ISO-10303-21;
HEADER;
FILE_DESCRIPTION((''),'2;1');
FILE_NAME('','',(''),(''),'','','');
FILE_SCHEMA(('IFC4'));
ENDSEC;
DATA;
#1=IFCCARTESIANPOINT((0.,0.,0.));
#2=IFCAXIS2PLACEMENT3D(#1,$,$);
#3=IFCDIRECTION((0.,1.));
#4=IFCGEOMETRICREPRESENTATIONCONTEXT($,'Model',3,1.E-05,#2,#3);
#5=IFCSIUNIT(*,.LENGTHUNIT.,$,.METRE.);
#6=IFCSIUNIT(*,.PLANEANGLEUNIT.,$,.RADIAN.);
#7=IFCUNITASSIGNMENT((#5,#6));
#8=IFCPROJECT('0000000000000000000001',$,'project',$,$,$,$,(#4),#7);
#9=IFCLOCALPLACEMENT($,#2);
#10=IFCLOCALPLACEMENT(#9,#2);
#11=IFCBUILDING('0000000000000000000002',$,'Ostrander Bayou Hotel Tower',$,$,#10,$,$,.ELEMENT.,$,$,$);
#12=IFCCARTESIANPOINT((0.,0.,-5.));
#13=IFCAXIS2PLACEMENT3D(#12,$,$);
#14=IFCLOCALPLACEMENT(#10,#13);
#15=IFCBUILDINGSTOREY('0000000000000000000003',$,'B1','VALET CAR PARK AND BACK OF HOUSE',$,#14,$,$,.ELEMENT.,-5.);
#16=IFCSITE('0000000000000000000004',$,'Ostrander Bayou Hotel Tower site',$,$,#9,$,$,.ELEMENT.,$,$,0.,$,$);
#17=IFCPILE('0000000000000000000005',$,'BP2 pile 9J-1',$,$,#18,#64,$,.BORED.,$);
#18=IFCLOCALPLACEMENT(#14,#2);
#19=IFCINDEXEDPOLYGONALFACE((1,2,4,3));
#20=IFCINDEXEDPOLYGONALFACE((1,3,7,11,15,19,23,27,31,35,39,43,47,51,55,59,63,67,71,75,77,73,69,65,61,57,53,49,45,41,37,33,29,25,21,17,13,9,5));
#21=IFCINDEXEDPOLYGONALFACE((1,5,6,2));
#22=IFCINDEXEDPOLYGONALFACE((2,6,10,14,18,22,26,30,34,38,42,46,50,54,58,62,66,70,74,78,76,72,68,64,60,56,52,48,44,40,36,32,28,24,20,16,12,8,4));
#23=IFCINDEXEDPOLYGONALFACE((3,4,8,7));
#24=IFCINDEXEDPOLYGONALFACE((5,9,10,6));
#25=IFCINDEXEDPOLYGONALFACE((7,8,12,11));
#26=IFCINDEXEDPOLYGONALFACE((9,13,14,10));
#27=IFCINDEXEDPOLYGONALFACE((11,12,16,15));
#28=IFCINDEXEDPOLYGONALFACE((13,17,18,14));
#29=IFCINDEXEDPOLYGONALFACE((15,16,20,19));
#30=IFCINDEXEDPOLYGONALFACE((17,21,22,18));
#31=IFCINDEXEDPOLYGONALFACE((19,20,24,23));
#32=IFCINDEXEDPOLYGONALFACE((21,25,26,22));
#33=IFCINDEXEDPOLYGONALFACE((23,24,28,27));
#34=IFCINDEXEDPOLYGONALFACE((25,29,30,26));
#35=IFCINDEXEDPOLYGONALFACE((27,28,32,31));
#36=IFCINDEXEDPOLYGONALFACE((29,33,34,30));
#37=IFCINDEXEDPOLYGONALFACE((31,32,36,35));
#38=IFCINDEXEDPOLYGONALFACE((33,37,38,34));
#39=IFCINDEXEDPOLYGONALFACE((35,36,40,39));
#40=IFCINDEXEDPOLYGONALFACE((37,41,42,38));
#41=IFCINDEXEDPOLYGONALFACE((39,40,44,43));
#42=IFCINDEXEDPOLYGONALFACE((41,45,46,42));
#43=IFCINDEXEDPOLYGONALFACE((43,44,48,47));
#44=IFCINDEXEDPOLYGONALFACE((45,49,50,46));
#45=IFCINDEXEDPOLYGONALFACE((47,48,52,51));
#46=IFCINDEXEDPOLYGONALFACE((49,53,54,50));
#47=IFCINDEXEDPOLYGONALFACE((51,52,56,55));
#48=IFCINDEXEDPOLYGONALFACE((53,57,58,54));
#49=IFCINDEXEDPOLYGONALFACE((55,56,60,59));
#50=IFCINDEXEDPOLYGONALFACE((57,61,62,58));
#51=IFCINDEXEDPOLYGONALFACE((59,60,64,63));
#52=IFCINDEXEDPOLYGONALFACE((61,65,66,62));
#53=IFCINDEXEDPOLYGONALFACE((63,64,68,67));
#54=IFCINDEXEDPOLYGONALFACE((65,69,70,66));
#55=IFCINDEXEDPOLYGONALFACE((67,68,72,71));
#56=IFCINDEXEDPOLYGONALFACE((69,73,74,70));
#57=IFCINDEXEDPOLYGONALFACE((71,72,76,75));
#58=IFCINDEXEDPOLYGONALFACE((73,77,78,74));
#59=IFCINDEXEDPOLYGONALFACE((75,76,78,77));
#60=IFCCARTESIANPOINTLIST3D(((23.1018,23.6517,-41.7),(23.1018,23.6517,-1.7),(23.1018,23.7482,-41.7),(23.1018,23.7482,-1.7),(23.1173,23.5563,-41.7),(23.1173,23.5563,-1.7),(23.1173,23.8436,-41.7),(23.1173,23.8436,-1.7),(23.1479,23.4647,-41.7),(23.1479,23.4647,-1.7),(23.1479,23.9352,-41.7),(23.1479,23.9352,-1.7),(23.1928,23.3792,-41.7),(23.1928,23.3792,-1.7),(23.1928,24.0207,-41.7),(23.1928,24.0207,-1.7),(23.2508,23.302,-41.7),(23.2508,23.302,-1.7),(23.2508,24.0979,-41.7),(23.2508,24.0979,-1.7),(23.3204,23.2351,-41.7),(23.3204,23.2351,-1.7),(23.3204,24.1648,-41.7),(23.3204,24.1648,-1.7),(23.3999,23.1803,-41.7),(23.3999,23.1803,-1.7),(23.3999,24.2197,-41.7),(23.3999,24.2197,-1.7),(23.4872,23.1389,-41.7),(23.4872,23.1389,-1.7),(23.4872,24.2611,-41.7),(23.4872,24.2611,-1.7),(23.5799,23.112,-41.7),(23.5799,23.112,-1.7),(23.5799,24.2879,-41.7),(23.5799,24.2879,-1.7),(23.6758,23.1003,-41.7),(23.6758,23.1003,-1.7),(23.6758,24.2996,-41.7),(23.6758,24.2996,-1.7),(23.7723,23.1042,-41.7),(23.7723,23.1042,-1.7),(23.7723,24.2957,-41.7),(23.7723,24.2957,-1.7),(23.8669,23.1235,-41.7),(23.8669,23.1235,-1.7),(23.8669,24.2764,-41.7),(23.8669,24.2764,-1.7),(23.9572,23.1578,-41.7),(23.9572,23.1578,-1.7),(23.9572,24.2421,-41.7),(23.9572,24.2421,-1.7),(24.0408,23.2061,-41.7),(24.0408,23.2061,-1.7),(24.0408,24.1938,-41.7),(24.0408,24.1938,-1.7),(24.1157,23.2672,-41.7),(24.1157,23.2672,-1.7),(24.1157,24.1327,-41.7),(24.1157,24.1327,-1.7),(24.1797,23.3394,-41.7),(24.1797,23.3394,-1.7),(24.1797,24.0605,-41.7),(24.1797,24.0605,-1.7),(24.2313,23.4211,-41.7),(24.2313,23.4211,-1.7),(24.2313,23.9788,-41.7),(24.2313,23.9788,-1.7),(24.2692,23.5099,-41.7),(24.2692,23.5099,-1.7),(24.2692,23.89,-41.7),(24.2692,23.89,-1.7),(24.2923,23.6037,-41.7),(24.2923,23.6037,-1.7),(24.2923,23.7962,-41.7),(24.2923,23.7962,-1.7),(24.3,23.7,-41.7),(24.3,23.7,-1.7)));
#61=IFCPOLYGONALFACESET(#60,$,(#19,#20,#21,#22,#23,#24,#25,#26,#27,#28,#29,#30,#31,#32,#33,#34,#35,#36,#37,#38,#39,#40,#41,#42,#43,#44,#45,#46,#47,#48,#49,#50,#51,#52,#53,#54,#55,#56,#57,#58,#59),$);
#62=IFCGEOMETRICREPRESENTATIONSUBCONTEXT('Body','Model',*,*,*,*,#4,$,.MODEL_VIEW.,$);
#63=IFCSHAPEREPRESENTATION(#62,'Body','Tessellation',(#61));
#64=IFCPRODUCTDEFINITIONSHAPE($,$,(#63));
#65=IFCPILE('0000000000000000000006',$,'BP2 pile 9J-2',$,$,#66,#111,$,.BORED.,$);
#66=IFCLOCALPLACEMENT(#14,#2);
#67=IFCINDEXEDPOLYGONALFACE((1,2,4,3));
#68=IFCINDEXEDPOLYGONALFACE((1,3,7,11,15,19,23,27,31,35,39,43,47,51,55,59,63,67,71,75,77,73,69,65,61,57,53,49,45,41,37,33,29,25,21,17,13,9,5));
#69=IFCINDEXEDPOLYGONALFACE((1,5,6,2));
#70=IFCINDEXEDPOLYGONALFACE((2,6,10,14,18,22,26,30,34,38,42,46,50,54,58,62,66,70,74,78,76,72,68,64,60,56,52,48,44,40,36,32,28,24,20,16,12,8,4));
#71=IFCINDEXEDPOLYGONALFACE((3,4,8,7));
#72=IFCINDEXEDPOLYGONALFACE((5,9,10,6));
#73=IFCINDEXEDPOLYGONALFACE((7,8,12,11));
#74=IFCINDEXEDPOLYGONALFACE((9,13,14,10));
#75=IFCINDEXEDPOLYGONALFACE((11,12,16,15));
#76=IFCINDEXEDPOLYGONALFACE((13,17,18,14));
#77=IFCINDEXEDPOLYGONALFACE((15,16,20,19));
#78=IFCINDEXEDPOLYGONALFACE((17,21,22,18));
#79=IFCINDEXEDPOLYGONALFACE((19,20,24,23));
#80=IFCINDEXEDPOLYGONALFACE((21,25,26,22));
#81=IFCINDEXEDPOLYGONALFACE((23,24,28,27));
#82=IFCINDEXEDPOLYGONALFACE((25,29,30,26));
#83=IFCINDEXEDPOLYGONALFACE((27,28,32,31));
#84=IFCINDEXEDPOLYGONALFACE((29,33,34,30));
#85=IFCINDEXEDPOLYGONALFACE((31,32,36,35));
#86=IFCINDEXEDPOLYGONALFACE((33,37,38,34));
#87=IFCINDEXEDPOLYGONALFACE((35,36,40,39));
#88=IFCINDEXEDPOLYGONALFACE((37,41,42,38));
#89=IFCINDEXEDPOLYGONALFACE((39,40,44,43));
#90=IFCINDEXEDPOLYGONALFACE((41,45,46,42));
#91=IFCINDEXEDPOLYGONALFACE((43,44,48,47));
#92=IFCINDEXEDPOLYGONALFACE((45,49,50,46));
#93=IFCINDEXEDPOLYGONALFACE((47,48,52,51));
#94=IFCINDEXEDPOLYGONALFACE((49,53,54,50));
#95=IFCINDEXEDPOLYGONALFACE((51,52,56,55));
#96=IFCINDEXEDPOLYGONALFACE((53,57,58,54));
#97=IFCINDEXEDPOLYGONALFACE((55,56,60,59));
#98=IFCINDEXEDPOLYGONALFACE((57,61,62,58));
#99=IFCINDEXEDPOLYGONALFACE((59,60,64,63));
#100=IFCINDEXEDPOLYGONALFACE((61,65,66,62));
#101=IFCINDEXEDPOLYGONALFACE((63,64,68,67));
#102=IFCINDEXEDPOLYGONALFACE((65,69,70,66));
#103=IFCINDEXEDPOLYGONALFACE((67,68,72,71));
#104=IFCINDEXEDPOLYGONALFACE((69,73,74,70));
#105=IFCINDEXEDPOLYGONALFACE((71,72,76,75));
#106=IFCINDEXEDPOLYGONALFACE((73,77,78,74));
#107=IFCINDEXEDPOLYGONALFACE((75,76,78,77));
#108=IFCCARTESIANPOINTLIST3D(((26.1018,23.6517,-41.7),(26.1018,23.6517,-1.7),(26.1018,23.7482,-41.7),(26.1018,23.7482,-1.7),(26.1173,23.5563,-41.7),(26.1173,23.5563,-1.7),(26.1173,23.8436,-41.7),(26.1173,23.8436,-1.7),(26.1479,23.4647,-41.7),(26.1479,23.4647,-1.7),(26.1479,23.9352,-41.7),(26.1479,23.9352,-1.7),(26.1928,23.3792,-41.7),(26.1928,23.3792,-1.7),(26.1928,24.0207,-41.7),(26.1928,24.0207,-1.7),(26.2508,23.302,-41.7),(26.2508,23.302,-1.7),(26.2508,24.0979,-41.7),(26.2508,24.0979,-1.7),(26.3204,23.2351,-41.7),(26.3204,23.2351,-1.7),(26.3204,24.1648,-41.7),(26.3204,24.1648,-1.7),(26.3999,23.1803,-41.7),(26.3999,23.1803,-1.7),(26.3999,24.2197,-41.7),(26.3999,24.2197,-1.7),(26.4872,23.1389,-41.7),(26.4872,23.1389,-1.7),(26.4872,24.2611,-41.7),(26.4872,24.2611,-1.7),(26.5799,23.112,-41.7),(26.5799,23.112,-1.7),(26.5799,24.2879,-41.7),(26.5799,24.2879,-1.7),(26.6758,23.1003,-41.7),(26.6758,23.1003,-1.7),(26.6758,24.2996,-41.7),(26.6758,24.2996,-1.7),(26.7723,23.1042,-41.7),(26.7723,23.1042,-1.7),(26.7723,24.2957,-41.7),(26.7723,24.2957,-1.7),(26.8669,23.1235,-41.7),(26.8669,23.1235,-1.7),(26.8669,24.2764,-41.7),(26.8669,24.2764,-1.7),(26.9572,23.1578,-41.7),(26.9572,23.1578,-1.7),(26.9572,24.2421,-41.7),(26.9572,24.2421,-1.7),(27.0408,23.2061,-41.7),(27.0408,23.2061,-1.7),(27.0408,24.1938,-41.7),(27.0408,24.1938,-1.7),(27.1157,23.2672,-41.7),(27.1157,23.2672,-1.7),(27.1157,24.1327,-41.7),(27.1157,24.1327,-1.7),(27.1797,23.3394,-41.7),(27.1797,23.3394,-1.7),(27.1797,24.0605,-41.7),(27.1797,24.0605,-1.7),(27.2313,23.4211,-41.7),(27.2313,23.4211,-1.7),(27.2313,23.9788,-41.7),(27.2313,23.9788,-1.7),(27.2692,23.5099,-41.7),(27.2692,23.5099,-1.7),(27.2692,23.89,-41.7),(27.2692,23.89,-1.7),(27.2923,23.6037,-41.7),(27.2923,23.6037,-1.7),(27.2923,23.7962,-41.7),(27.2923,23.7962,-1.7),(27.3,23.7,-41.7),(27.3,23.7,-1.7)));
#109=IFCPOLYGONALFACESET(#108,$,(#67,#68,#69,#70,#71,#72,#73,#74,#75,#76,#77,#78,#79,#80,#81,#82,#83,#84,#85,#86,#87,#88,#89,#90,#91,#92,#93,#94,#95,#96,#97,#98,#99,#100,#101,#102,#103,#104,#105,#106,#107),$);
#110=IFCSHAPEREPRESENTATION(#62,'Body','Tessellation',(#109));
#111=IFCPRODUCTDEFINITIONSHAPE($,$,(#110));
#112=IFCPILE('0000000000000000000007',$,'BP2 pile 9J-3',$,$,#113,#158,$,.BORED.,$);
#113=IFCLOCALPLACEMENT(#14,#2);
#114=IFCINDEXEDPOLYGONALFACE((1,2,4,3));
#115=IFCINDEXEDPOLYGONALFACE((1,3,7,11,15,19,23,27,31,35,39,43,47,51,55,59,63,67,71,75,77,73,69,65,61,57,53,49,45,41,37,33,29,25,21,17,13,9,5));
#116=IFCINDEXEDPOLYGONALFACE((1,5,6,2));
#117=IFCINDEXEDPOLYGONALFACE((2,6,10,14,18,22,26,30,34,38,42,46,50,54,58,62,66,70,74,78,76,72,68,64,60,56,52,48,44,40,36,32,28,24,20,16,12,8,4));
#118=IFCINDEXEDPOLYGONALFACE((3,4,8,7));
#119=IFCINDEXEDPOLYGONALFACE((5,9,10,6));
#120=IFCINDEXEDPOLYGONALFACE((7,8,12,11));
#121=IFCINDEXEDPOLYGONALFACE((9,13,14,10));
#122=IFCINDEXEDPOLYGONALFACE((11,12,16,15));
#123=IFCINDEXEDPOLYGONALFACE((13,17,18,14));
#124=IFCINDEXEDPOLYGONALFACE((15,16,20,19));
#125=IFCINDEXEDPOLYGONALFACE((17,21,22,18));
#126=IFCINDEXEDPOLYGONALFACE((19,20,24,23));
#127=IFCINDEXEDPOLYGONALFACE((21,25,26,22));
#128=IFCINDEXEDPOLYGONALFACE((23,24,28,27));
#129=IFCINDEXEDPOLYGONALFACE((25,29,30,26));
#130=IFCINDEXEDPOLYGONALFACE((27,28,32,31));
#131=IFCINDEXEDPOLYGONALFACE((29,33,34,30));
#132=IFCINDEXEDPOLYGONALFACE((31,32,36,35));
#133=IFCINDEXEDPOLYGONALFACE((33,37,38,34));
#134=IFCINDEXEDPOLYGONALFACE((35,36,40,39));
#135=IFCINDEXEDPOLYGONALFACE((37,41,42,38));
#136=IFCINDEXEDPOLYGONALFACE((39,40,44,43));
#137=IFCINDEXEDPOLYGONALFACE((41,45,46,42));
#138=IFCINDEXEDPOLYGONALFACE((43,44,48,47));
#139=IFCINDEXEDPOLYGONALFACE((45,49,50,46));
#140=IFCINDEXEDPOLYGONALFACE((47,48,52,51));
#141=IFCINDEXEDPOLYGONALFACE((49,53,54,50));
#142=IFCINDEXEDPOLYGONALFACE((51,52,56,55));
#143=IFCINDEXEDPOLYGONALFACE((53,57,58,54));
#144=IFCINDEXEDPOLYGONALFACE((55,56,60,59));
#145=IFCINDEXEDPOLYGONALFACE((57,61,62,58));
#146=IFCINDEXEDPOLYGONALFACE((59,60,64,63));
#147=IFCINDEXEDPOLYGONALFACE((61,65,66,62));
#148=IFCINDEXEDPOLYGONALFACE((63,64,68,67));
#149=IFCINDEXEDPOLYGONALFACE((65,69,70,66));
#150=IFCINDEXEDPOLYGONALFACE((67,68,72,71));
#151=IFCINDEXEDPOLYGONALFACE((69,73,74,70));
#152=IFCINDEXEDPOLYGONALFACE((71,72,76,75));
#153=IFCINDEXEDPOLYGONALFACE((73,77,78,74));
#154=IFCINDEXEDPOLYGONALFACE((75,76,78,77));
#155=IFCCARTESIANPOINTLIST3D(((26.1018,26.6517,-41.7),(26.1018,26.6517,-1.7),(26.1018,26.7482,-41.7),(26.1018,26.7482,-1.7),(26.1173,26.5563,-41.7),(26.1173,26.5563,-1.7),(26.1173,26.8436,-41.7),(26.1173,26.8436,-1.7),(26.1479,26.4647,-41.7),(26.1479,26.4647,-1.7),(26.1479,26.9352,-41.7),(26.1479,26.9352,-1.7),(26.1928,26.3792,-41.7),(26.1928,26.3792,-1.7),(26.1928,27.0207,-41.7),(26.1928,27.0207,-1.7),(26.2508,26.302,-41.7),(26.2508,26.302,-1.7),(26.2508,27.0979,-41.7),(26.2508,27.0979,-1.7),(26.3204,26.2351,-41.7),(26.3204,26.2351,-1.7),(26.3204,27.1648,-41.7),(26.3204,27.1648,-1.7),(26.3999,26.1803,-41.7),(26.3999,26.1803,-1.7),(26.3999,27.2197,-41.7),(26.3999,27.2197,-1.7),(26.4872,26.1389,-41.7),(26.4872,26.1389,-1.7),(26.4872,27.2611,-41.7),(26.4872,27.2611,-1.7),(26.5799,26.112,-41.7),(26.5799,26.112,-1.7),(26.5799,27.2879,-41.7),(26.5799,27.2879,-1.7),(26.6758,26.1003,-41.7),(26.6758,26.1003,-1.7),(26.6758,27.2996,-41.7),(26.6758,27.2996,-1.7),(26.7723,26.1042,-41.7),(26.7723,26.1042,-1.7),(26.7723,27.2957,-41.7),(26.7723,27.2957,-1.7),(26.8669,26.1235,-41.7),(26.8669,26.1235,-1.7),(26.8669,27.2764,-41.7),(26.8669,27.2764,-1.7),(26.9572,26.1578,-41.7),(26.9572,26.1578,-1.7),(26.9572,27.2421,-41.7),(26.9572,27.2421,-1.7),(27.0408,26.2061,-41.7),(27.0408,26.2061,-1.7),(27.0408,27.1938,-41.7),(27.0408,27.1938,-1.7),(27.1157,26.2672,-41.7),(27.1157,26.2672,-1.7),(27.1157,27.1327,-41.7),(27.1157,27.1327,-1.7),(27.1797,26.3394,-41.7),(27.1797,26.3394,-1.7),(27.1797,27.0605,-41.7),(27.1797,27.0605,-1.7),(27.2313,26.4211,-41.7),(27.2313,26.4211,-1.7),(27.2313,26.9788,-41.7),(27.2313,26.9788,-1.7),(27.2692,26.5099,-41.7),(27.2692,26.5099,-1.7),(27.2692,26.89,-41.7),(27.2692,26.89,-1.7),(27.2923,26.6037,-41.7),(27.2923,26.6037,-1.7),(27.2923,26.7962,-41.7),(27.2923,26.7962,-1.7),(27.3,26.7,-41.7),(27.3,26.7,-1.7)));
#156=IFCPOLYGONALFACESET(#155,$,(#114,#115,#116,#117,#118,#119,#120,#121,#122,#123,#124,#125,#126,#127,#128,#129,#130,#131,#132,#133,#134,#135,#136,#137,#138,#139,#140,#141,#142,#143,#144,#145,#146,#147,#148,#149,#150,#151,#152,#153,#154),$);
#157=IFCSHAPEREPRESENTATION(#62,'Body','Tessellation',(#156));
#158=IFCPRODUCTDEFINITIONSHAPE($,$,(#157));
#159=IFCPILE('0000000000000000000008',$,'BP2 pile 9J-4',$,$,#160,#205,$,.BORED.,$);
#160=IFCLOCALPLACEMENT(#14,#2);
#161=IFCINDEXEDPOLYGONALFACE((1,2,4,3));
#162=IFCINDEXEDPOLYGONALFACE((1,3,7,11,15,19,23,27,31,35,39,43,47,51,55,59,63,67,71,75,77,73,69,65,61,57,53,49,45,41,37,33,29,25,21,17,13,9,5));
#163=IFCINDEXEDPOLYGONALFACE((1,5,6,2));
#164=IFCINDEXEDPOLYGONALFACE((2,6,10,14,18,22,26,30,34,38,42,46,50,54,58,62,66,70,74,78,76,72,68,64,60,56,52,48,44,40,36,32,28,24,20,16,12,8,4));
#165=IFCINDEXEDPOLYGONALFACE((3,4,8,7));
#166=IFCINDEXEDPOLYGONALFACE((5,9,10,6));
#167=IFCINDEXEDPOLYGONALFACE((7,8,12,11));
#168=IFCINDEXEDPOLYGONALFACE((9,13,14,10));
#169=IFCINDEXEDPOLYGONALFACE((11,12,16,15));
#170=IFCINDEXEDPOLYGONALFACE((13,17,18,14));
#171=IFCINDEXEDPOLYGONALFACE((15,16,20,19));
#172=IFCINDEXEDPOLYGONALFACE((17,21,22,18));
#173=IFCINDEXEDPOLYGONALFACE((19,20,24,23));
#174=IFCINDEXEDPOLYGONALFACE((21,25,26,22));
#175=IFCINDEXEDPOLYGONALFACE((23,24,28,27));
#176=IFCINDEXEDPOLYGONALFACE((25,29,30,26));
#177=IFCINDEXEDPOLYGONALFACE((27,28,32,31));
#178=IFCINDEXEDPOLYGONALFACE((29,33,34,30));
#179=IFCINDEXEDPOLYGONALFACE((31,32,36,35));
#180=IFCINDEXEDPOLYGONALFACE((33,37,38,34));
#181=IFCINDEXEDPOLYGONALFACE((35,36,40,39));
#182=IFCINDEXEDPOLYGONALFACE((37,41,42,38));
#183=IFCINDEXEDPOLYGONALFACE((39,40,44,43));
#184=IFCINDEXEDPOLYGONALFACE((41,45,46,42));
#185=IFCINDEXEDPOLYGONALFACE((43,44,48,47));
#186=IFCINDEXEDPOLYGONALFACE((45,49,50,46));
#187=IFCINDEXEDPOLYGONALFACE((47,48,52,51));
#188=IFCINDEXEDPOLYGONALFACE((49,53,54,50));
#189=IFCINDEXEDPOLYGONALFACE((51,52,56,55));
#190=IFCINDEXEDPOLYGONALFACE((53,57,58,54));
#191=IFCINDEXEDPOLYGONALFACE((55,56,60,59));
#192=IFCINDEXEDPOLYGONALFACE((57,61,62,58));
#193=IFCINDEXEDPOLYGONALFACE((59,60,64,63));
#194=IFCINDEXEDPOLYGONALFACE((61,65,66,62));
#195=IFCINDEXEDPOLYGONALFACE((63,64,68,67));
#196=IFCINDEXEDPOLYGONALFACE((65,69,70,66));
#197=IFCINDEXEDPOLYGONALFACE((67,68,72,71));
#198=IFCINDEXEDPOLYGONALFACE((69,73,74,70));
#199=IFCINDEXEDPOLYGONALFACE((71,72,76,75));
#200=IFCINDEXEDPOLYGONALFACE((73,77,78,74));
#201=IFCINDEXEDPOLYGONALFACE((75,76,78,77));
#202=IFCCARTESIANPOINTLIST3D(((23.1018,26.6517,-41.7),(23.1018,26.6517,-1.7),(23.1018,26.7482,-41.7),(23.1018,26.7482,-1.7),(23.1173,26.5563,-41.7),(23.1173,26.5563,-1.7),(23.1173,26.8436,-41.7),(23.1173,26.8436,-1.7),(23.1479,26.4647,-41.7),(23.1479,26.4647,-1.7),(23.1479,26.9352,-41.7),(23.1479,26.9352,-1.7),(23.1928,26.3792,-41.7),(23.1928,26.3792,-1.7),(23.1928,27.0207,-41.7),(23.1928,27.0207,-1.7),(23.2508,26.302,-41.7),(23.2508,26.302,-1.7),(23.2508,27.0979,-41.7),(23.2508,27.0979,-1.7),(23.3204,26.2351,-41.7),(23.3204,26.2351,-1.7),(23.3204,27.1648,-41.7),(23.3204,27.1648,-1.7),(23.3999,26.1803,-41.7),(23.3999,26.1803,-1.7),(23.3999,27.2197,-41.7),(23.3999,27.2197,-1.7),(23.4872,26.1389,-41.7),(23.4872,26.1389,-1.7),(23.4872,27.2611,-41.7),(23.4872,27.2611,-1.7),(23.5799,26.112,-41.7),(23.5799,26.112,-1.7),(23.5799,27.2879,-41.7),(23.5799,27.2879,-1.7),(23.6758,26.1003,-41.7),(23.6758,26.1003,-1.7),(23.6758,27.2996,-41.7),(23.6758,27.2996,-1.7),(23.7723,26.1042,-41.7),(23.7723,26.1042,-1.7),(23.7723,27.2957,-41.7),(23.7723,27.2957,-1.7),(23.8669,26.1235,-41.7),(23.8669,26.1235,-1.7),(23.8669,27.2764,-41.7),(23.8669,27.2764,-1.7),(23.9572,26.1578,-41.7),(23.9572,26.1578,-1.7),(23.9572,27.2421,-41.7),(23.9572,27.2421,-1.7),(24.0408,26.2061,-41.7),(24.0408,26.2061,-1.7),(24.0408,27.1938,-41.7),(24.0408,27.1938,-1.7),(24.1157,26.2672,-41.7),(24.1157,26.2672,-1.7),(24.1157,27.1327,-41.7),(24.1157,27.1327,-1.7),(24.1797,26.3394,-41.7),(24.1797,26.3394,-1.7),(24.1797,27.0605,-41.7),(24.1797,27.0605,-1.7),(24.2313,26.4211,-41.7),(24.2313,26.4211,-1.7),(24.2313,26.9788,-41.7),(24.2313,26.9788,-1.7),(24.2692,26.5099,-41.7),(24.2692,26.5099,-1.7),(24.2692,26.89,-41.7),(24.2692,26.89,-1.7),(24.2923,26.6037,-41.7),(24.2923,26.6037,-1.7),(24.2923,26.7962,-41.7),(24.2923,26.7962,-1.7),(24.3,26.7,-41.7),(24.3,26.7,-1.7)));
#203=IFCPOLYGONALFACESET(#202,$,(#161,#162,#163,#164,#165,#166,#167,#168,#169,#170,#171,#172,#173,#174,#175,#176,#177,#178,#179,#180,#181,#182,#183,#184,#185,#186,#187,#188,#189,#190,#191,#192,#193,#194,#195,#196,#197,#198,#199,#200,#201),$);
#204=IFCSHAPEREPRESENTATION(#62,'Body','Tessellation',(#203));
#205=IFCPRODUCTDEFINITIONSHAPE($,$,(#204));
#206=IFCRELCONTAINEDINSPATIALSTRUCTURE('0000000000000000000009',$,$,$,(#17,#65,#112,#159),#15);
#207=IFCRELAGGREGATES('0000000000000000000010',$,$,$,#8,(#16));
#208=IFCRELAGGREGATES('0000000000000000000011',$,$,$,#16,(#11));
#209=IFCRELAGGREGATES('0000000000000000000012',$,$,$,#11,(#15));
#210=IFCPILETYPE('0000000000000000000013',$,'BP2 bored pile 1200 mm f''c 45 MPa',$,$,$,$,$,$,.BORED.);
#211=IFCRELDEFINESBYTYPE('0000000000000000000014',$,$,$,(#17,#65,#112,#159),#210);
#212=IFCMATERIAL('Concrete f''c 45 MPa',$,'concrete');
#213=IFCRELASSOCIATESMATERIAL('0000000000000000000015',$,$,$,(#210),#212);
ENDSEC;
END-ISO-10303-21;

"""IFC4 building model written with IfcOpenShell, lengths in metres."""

from ifc_helpers import new_model, si_unit, direction, frame, origin, origin_2d, place, context, subcontext, project, spatial, circle, extrude, material, material_profile, profile_set, type_object, element, save


model = new_model("IFC4")

# Units and contexts
model_context = context("Model", 3, precision=1e-05, world=origin(), true_north=direction((0.0, 1.0)))
body_context = subcontext(model_context, "Body", "Model", "MODEL_VIEW")
ifc_project = project(units=[si_unit("LENGTHUNIT", "METRE"), si_unit("PLANEANGLEUNIT", "RADIAN")], contexts=[model_context])

# Site, building, storey
site_placement = place(None, origin())
site = spatial("IfcSite", under=ifc_project, at=site_placement, Name="Ostrander Bayou Hotel Tower site", CompositionType="ELEMENT", RefElevation=0.0)
building_placement = place(site_placement, origin())
building = spatial("IfcBuilding", under=site, at=building_placement, Name="Ostrander Bayou Hotel Tower", CompositionType="ELEMENT")
storey_placement = place(building_placement, frame((0.0, 0.0, -5.0)))
storey = spatial("IfcBuildingStorey", under=building, at=storey_placement, Name="B1", Description="VALET CAR PARK AND BACK OF HOUSE", CompositionType="ELEMENT", Elevation=-5.0)

# Piles
ifc_material_1 = material(Name="Concrete f'c 45 MPa", Category="concrete")
ifc_material_profile_1 = material_profile(ifc_material_1, circle(Radius=0.6001, at=origin_2d()))
ifc_profile_set_1 = profile_set([ifc_material_profile_1], Name="Concrete f'c 45 MPa")
pile_type = type_object("IfcPileType", Name="BP2 bored pile 1200 mm f'c 45 MPa", PredefinedType="BORED", material=ifc_profile_set_1)
for number, where, z_axis, x_axis, name in (
    (1, (23.7, 23.7, -1.7), (0.0, 0.0, -1.0), (1.0, 0.0, 0.0), "BP2 pile 9J-1"),
    (2, (26.7, 23.7, -1.7), (0.0, 0.0, -1.0), (1.0, 0.0, 0.0), "BP2 pile 9J-2"),
    (3, (26.7, 26.7, -1.7), (0.0, 0.0, -1.0), (1.0, 0.0, 0.0), "BP2 pile 9J-3"),
    (4, (23.7, 26.7, -1.7), (0.0, 0.0, -1.0), (1.0, 0.0, 0.0), "BP2 pile 9J-4"),
):
    element("IfcPile", number, at=place(storey_placement, frame(where, z_axis=z_axis, x_axis=x_axis)), inside=storey, type_object=pile_type, Name=name, PredefinedType="BORED", context=body_context, shape_type="SweptSolid", body=[
        extrude(circle(Radius=0.6001, at=origin_2d()), origin(), (0.0, 0.0, 1.0), 40.0),
    ])

save(model, "model.ifc")
